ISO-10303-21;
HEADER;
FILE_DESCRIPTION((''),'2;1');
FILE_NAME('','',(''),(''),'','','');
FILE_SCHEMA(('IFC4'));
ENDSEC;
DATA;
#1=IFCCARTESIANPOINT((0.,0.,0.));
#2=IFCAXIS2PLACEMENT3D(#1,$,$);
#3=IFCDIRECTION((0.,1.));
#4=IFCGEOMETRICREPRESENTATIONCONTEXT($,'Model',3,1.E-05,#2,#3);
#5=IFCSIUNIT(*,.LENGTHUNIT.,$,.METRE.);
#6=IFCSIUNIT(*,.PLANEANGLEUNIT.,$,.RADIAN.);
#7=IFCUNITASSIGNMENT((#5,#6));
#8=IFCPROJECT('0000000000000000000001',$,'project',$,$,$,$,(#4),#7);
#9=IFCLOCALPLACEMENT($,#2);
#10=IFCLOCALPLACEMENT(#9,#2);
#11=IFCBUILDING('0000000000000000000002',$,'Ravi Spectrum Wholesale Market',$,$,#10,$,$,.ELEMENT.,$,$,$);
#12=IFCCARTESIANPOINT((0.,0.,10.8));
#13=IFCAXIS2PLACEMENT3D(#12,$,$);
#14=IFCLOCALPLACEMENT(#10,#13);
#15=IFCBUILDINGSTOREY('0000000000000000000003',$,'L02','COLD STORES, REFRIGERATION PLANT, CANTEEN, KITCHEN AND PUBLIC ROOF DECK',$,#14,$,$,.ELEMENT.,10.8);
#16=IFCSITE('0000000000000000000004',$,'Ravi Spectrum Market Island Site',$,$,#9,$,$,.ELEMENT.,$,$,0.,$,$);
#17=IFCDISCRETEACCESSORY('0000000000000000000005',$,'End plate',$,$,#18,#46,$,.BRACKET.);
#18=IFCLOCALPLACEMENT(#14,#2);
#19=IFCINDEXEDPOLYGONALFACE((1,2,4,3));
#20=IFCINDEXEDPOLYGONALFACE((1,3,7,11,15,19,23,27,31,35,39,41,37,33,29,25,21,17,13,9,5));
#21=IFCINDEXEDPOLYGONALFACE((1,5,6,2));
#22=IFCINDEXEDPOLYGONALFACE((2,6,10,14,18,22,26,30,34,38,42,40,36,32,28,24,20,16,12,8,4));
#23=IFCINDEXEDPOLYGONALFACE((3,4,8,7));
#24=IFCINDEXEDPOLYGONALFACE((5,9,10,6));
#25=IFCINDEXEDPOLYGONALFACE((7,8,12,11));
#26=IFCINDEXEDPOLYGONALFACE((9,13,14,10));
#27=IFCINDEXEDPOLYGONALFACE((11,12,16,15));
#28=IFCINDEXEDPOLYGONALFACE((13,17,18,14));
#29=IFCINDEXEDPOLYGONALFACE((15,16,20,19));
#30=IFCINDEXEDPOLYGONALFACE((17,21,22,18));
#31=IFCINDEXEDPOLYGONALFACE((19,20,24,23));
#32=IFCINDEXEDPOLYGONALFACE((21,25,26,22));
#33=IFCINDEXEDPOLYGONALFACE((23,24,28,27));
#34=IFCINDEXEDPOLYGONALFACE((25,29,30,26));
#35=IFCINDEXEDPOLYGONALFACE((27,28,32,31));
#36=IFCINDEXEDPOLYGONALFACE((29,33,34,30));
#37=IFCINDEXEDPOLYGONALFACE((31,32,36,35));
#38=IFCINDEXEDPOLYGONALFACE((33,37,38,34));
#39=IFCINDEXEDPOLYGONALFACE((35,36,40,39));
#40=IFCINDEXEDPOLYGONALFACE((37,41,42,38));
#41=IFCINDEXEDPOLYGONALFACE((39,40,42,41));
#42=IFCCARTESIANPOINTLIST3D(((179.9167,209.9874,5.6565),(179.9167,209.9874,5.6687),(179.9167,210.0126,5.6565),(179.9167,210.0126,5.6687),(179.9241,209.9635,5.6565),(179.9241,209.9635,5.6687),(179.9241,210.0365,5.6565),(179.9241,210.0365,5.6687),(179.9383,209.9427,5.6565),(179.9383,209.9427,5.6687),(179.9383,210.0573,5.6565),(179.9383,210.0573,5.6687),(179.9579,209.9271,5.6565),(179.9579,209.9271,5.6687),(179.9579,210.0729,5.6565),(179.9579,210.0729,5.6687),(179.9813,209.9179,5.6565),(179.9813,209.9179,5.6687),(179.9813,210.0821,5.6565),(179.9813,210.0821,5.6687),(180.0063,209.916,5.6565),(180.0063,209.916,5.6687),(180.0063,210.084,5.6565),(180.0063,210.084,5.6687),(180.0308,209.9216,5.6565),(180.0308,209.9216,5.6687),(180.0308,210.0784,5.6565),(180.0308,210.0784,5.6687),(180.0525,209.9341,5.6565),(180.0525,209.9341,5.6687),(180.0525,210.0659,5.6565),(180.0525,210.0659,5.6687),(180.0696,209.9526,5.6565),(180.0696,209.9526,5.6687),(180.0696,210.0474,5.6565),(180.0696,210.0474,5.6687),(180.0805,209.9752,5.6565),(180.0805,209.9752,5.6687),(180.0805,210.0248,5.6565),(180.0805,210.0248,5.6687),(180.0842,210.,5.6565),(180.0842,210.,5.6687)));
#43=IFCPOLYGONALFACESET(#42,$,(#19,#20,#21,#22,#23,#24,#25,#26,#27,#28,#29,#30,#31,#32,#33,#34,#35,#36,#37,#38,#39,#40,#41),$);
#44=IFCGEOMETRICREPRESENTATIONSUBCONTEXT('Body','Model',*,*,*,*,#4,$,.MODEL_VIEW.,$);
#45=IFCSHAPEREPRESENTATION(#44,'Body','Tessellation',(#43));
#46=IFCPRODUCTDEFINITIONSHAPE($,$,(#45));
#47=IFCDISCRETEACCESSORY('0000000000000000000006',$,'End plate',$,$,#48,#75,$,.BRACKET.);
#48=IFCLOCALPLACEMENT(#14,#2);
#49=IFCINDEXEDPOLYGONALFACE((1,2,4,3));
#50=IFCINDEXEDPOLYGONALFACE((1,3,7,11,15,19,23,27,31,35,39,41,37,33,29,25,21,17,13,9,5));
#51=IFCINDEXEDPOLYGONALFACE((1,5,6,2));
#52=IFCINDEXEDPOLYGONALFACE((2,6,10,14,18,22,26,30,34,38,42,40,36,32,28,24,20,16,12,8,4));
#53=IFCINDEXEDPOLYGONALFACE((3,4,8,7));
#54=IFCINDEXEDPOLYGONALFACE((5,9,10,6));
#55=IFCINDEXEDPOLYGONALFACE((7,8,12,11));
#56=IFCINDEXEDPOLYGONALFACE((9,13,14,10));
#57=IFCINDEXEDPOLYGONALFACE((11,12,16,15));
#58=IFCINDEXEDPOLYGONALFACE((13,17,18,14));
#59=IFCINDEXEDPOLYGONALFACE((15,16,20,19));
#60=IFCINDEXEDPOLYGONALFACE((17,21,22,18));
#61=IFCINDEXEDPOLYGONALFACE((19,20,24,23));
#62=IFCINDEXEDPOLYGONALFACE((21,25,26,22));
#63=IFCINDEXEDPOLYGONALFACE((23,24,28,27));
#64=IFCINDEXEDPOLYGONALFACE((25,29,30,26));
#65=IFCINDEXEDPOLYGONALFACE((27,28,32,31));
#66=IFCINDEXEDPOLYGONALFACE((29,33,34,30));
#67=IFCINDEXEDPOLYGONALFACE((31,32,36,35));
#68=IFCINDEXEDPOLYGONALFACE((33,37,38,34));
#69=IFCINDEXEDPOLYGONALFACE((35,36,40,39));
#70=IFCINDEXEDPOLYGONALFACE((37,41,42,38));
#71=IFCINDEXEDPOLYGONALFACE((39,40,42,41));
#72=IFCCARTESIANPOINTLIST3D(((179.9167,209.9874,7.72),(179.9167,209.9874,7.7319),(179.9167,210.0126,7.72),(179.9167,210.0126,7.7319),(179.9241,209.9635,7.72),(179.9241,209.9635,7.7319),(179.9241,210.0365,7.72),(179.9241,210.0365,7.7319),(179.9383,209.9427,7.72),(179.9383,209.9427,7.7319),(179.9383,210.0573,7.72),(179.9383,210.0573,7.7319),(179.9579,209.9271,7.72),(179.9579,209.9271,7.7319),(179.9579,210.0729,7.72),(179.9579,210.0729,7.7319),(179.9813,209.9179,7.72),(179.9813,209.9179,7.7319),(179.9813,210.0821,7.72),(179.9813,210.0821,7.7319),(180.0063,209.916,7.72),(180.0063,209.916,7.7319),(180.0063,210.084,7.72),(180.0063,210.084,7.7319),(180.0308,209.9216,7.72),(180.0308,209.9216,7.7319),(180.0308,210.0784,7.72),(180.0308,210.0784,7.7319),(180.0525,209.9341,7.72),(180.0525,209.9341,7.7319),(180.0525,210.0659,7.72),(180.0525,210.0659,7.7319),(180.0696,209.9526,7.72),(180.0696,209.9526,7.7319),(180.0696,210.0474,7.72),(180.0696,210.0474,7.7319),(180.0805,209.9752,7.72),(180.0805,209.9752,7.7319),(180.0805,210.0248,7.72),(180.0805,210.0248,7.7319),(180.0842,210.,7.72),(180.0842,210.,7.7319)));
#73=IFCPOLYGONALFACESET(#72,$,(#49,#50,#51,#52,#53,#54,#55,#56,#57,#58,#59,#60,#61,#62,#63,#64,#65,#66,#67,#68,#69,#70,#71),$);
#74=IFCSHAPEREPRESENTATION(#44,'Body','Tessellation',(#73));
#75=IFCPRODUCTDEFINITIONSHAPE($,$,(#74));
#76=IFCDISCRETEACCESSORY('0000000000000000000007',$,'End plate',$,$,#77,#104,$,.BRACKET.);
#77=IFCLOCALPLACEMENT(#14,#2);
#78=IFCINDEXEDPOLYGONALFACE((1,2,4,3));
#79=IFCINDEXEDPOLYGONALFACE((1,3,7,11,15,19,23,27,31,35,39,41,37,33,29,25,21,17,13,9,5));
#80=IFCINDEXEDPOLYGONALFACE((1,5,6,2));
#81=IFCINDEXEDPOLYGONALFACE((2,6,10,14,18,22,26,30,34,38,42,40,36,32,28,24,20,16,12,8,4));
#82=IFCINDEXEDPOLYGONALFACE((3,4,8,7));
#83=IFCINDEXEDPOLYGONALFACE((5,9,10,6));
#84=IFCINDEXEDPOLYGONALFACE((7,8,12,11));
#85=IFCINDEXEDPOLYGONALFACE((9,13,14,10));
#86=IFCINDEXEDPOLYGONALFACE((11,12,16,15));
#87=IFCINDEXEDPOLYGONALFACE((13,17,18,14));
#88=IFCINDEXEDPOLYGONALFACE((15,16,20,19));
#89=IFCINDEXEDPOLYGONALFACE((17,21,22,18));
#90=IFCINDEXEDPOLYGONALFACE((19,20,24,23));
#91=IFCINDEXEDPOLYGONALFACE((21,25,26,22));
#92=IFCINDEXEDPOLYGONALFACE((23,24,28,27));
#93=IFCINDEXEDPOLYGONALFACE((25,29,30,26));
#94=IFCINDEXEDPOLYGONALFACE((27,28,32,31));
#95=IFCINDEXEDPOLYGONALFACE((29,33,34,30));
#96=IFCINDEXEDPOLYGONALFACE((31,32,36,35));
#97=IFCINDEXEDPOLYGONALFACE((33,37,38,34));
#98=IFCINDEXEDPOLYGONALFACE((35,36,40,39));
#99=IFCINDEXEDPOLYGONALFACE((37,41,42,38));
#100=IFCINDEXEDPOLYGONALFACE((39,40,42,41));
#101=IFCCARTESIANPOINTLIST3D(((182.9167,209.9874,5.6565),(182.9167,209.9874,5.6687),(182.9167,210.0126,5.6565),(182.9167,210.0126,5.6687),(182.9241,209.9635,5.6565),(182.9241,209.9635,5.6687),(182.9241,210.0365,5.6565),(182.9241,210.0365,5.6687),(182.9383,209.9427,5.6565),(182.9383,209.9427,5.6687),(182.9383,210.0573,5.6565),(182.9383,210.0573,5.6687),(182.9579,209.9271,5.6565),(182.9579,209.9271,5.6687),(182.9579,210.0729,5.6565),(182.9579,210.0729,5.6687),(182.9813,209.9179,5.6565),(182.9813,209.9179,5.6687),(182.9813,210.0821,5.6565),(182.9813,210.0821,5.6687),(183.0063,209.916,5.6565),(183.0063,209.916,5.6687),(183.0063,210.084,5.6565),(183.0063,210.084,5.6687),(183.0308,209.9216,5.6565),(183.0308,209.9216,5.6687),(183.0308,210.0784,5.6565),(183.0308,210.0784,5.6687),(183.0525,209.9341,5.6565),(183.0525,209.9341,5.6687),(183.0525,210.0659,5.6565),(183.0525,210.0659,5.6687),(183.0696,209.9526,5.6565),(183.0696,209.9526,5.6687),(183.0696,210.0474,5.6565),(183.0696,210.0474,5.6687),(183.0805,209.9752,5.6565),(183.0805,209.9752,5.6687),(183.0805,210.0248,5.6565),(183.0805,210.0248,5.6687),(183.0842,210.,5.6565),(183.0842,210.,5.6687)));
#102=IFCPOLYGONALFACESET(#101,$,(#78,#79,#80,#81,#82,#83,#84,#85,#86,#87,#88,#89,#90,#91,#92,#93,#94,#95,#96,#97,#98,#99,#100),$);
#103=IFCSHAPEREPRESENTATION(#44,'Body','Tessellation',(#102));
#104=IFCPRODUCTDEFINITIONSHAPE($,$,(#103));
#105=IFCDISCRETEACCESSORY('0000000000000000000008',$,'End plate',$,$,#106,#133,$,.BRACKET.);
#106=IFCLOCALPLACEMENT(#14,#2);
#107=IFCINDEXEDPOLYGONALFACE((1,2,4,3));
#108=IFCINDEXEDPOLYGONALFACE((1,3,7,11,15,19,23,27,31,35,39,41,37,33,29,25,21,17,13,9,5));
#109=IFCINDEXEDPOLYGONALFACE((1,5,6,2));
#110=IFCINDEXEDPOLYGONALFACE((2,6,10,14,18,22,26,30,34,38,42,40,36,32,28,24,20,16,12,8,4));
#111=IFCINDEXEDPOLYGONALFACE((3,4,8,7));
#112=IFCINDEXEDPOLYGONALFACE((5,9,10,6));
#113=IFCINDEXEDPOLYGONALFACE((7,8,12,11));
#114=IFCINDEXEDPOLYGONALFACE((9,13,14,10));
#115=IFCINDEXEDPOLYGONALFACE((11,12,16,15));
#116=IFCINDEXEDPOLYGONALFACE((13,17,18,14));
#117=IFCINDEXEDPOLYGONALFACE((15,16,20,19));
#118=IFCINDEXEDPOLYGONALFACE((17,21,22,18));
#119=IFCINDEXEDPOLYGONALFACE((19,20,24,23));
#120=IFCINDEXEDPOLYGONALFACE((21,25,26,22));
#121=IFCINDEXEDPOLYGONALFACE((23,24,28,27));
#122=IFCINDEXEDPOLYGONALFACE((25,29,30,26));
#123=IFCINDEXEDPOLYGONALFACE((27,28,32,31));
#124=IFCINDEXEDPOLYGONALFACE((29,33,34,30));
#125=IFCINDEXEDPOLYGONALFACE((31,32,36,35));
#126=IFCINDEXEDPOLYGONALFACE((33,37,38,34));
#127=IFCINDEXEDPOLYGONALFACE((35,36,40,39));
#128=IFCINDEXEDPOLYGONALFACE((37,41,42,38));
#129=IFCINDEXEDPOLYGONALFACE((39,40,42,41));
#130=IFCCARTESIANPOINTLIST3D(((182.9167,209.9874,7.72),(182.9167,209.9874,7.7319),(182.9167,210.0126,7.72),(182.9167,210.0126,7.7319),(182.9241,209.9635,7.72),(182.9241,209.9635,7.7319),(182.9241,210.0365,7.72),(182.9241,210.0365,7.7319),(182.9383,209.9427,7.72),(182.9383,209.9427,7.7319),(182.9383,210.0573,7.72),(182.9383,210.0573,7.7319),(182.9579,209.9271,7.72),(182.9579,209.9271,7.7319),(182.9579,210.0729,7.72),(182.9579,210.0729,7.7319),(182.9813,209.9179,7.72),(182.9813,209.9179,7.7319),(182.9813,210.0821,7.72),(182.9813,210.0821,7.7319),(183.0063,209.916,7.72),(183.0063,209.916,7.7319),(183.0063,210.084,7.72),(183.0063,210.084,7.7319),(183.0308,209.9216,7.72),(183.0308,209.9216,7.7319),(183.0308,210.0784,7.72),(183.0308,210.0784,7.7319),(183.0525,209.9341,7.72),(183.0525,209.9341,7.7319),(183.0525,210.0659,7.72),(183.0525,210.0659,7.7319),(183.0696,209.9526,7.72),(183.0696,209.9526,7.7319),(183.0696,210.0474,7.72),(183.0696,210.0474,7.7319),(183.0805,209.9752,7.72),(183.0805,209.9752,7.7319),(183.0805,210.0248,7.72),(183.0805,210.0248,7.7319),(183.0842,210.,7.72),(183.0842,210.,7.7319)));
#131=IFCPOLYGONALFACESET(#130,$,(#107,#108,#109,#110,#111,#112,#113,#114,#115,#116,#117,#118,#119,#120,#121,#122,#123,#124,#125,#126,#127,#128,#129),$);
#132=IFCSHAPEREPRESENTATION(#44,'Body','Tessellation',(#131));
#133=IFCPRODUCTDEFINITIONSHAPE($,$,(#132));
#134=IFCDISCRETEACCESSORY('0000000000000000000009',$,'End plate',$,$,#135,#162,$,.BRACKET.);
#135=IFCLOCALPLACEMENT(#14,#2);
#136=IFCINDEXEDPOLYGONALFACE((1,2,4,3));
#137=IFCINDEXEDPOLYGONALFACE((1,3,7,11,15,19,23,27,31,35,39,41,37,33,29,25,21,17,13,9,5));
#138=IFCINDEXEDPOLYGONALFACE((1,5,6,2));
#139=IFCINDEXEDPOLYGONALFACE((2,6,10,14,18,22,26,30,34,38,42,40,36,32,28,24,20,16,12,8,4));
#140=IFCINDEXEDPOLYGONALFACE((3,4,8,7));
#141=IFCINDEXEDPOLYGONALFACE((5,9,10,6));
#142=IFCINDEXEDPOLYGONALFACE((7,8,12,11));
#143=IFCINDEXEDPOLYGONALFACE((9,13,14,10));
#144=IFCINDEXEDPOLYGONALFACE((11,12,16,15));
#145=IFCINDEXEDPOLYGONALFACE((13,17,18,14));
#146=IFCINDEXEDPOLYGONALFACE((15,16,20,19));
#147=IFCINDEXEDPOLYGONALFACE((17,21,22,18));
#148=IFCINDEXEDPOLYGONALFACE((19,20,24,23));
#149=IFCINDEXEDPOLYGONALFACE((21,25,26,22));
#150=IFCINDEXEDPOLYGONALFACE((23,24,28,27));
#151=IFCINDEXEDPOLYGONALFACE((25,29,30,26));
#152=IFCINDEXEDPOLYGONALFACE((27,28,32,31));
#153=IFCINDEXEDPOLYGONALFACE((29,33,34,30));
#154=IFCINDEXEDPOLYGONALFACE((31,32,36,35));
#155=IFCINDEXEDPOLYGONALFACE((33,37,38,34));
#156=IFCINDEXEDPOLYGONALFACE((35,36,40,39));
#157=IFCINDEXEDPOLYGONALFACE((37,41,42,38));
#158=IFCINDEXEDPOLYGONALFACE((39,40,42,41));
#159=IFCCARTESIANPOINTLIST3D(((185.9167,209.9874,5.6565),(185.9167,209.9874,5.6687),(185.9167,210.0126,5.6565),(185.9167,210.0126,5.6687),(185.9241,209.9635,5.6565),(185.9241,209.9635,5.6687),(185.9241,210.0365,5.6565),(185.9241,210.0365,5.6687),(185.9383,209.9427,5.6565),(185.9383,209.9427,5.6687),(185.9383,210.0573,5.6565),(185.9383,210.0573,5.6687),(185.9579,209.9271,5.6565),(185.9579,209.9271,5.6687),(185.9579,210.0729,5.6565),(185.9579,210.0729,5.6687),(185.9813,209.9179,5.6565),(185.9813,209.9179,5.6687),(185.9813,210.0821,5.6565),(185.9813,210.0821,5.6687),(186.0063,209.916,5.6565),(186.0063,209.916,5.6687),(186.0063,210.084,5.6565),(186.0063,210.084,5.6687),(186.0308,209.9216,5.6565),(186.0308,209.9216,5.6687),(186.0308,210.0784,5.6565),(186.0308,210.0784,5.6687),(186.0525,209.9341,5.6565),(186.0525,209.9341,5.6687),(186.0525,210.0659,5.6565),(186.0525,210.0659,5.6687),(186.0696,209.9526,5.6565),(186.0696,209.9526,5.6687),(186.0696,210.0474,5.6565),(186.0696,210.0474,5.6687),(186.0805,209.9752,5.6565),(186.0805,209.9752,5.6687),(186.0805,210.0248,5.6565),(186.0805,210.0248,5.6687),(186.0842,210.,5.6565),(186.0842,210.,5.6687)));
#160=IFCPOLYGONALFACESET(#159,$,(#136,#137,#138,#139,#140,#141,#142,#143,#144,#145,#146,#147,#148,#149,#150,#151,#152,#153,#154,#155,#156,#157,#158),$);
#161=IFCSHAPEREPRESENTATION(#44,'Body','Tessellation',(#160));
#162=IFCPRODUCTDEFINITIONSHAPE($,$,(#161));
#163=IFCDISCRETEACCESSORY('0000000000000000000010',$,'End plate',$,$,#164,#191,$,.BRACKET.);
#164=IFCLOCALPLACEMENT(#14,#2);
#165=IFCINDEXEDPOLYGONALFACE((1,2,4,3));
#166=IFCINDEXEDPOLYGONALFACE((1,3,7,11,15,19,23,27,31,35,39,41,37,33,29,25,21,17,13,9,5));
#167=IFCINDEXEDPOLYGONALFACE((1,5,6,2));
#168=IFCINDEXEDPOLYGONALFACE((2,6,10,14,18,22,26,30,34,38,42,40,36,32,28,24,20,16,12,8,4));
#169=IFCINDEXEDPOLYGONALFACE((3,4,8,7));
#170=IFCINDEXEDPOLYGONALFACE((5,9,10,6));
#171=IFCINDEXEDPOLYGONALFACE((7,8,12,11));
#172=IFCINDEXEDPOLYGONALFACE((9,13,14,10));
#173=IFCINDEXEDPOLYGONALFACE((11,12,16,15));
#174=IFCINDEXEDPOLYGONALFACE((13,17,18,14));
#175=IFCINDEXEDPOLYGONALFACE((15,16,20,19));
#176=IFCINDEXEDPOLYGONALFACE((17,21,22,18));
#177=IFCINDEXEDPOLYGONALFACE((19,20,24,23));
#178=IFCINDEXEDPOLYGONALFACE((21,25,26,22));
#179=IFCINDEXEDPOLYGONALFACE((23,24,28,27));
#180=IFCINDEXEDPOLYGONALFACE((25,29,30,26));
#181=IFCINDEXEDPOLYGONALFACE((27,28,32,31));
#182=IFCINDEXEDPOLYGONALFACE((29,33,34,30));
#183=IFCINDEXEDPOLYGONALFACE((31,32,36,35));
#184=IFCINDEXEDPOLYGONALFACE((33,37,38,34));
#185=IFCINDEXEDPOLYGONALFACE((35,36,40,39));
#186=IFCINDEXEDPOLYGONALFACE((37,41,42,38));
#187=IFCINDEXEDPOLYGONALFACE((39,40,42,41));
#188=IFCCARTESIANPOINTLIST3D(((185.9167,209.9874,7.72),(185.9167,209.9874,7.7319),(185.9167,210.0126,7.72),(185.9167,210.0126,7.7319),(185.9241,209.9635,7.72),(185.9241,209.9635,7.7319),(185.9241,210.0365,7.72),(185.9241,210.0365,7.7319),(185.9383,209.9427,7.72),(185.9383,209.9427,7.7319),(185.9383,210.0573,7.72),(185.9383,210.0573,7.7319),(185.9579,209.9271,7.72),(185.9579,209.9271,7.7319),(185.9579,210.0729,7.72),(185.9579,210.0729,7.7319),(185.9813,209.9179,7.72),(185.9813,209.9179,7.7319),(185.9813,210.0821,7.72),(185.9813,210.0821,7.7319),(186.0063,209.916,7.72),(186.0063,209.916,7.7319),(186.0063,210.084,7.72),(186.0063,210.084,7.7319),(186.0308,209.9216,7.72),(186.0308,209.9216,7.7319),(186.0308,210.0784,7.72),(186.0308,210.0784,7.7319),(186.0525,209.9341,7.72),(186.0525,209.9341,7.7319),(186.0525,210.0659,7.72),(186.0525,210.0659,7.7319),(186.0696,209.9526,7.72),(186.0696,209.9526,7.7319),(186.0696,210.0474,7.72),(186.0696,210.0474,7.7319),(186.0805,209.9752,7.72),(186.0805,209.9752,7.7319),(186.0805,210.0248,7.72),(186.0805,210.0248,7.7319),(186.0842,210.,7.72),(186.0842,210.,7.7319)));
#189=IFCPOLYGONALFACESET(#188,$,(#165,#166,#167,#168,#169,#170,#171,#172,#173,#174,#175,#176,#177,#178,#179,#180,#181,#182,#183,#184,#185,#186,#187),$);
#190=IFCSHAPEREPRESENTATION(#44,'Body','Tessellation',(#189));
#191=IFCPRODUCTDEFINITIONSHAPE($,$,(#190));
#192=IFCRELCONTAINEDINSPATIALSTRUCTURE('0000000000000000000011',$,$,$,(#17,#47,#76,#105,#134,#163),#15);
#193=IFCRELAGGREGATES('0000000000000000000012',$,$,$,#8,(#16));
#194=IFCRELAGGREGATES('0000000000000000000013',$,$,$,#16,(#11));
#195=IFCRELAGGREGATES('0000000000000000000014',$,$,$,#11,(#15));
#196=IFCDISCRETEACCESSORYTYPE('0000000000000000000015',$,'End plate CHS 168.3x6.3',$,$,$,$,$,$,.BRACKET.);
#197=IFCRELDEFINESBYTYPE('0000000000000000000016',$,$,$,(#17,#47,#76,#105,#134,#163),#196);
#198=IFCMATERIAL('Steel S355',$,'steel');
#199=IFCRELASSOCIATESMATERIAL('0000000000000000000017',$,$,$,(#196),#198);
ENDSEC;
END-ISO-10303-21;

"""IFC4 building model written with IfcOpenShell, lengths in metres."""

from ifc_helpers import new_model, si_unit, direction, frame, origin, origin_2d, place, context, subcontext, project, spatial, circle, extrude, material, material_profile, profile_set, type_object, element, save


model = new_model("IFC4")

# Units and contexts
model_context = context("Model", 3, precision=1e-05, world=origin(), true_north=direction((0.0, 1.0)))
body_context = subcontext(model_context, "Body", "Model", "MODEL_VIEW")
ifc_project = project(units=[si_unit("LENGTHUNIT", "METRE"), si_unit("PLANEANGLEUNIT", "RADIAN")], contexts=[model_context])

# Site, building, storey
site_placement = place(None, origin())
site = spatial("IfcSite", under=ifc_project, at=site_placement, Name="Ravi Spectrum Market Island Site", CompositionType="ELEMENT", RefElevation=0.0)
building_placement = place(site_placement, origin())
building = spatial("IfcBuilding", under=site, at=building_placement, Name="Ravi Spectrum Wholesale Market", CompositionType="ELEMENT")
storey_placement = place(building_placement, frame((0.0, 0.0, 10.8)))
storey = spatial("IfcBuildingStorey", under=building, at=storey_placement, Name="L02", Description="COLD STORES, REFRIGERATION PLANT, CANTEEN, KITCHEN AND PUBLIC ROOF DECK", CompositionType="ELEMENT", Elevation=10.8)

# Discrete accessories
ifc_material_1 = material(Name="Steel S355", Category="steel")
ifc_material_profile_1 = material_profile(ifc_material_1, circle(Radius=0.0842, at=origin_2d()))
ifc_profile_set_1 = profile_set([ifc_material_profile_1], Name="Steel S355")
discrete_accessory_type_1 = type_object("IfcDiscreteAccessoryType", Name="End plate CHS 168.3x6.3", PredefinedType="BRACKET", material=ifc_profile_set_1)
discrete_accessory_1_placement = place(storey_placement, frame((180.0, 210.0, 5.6687), z_axis=(0.0, 0.0, -1.0), x_axis=(1.0, 0.0, 0.0)))
element("IfcDiscreteAccessory", 1, at=discrete_accessory_1_placement, inside=storey, type_object=discrete_accessory_type_1, Name="End plate", PredefinedType="BRACKET", context=body_context, shape_type="SweptSolid", body=[
    extrude(circle(Radius=0.0842, at=origin_2d()), origin(), (0.0, 0.0, 1.0), 0.0122),
])
discrete_accessory_2_placement = place(storey_placement, frame((180.0, 210.0, 7.72), z_axis=(0.0, 0.0, 1.0), x_axis=(1.0, 0.0, 0.0)))
element("IfcDiscreteAccessory", 2, at=discrete_accessory_2_placement, inside=storey, type_object=discrete_accessory_type_1, Name="End plate", PredefinedType="BRACKET", context=body_context, shape_type="SweptSolid", body=[
    extrude(circle(Radius=0.0842, at=origin_2d()), origin(), (0.0, 0.0, 1.0), 0.012),
])
discrete_accessory_3_placement = place(storey_placement, frame((183.0, 210.0, 5.6687), z_axis=(0.0, 0.0, -1.0), x_axis=(1.0, 0.0, 0.0)))
element("IfcDiscreteAccessory", 3, at=discrete_accessory_3_placement, inside=storey, type_object=discrete_accessory_type_1, Name="End plate", PredefinedType="BRACKET", context=body_context, shape_type="SweptSolid", body=[
    extrude(circle(Radius=0.0842, at=origin_2d()), origin(), (0.0, 0.0, 1.0), 0.0122),
])
discrete_accessory_4_placement = place(storey_placement, frame((183.0, 210.0, 7.72), z_axis=(0.0, 0.0, 1.0), x_axis=(1.0, 0.0, 0.0)))
element("IfcDiscreteAccessory", 4, at=discrete_accessory_4_placement, inside=storey, type_object=discrete_accessory_type_1, Name="End plate", PredefinedType="BRACKET", context=body_context, shape_type="SweptSolid", body=[
    extrude(circle(Radius=0.0842, at=origin_2d()), origin(), (0.0, 0.0, 1.0), 0.012),
])
discrete_accessory_5_placement = place(storey_placement, frame((186.0, 210.0, 5.6687), z_axis=(0.0, 0.0, -1.0), x_axis=(1.0, 0.0, 0.0)))
element("IfcDiscreteAccessory", 5, at=discrete_accessory_5_placement, inside=storey, type_object=discrete_accessory_type_1, Name="End plate", PredefinedType="BRACKET", context=body_context, shape_type="SweptSolid", body=[
    extrude(circle(Radius=0.0842, at=origin_2d()), origin(), (0.0, 0.0, 1.0), 0.0122),
])
discrete_accessory_6_placement = place(storey_placement, frame((186.0, 210.0, 7.72), z_axis=(0.0, 0.0, 1.0), x_axis=(1.0, 0.0, 0.0)))
element("IfcDiscreteAccessory", 6, at=discrete_accessory_6_placement, inside=storey, type_object=discrete_accessory_type_1, Name="End plate", PredefinedType="BRACKET", context=body_context, shape_type="SweptSolid", body=[
    extrude(circle(Radius=0.0842, at=origin_2d()), origin(), (0.0, 0.0, 1.0), 0.012),
])

save(model, "model.ifc")
